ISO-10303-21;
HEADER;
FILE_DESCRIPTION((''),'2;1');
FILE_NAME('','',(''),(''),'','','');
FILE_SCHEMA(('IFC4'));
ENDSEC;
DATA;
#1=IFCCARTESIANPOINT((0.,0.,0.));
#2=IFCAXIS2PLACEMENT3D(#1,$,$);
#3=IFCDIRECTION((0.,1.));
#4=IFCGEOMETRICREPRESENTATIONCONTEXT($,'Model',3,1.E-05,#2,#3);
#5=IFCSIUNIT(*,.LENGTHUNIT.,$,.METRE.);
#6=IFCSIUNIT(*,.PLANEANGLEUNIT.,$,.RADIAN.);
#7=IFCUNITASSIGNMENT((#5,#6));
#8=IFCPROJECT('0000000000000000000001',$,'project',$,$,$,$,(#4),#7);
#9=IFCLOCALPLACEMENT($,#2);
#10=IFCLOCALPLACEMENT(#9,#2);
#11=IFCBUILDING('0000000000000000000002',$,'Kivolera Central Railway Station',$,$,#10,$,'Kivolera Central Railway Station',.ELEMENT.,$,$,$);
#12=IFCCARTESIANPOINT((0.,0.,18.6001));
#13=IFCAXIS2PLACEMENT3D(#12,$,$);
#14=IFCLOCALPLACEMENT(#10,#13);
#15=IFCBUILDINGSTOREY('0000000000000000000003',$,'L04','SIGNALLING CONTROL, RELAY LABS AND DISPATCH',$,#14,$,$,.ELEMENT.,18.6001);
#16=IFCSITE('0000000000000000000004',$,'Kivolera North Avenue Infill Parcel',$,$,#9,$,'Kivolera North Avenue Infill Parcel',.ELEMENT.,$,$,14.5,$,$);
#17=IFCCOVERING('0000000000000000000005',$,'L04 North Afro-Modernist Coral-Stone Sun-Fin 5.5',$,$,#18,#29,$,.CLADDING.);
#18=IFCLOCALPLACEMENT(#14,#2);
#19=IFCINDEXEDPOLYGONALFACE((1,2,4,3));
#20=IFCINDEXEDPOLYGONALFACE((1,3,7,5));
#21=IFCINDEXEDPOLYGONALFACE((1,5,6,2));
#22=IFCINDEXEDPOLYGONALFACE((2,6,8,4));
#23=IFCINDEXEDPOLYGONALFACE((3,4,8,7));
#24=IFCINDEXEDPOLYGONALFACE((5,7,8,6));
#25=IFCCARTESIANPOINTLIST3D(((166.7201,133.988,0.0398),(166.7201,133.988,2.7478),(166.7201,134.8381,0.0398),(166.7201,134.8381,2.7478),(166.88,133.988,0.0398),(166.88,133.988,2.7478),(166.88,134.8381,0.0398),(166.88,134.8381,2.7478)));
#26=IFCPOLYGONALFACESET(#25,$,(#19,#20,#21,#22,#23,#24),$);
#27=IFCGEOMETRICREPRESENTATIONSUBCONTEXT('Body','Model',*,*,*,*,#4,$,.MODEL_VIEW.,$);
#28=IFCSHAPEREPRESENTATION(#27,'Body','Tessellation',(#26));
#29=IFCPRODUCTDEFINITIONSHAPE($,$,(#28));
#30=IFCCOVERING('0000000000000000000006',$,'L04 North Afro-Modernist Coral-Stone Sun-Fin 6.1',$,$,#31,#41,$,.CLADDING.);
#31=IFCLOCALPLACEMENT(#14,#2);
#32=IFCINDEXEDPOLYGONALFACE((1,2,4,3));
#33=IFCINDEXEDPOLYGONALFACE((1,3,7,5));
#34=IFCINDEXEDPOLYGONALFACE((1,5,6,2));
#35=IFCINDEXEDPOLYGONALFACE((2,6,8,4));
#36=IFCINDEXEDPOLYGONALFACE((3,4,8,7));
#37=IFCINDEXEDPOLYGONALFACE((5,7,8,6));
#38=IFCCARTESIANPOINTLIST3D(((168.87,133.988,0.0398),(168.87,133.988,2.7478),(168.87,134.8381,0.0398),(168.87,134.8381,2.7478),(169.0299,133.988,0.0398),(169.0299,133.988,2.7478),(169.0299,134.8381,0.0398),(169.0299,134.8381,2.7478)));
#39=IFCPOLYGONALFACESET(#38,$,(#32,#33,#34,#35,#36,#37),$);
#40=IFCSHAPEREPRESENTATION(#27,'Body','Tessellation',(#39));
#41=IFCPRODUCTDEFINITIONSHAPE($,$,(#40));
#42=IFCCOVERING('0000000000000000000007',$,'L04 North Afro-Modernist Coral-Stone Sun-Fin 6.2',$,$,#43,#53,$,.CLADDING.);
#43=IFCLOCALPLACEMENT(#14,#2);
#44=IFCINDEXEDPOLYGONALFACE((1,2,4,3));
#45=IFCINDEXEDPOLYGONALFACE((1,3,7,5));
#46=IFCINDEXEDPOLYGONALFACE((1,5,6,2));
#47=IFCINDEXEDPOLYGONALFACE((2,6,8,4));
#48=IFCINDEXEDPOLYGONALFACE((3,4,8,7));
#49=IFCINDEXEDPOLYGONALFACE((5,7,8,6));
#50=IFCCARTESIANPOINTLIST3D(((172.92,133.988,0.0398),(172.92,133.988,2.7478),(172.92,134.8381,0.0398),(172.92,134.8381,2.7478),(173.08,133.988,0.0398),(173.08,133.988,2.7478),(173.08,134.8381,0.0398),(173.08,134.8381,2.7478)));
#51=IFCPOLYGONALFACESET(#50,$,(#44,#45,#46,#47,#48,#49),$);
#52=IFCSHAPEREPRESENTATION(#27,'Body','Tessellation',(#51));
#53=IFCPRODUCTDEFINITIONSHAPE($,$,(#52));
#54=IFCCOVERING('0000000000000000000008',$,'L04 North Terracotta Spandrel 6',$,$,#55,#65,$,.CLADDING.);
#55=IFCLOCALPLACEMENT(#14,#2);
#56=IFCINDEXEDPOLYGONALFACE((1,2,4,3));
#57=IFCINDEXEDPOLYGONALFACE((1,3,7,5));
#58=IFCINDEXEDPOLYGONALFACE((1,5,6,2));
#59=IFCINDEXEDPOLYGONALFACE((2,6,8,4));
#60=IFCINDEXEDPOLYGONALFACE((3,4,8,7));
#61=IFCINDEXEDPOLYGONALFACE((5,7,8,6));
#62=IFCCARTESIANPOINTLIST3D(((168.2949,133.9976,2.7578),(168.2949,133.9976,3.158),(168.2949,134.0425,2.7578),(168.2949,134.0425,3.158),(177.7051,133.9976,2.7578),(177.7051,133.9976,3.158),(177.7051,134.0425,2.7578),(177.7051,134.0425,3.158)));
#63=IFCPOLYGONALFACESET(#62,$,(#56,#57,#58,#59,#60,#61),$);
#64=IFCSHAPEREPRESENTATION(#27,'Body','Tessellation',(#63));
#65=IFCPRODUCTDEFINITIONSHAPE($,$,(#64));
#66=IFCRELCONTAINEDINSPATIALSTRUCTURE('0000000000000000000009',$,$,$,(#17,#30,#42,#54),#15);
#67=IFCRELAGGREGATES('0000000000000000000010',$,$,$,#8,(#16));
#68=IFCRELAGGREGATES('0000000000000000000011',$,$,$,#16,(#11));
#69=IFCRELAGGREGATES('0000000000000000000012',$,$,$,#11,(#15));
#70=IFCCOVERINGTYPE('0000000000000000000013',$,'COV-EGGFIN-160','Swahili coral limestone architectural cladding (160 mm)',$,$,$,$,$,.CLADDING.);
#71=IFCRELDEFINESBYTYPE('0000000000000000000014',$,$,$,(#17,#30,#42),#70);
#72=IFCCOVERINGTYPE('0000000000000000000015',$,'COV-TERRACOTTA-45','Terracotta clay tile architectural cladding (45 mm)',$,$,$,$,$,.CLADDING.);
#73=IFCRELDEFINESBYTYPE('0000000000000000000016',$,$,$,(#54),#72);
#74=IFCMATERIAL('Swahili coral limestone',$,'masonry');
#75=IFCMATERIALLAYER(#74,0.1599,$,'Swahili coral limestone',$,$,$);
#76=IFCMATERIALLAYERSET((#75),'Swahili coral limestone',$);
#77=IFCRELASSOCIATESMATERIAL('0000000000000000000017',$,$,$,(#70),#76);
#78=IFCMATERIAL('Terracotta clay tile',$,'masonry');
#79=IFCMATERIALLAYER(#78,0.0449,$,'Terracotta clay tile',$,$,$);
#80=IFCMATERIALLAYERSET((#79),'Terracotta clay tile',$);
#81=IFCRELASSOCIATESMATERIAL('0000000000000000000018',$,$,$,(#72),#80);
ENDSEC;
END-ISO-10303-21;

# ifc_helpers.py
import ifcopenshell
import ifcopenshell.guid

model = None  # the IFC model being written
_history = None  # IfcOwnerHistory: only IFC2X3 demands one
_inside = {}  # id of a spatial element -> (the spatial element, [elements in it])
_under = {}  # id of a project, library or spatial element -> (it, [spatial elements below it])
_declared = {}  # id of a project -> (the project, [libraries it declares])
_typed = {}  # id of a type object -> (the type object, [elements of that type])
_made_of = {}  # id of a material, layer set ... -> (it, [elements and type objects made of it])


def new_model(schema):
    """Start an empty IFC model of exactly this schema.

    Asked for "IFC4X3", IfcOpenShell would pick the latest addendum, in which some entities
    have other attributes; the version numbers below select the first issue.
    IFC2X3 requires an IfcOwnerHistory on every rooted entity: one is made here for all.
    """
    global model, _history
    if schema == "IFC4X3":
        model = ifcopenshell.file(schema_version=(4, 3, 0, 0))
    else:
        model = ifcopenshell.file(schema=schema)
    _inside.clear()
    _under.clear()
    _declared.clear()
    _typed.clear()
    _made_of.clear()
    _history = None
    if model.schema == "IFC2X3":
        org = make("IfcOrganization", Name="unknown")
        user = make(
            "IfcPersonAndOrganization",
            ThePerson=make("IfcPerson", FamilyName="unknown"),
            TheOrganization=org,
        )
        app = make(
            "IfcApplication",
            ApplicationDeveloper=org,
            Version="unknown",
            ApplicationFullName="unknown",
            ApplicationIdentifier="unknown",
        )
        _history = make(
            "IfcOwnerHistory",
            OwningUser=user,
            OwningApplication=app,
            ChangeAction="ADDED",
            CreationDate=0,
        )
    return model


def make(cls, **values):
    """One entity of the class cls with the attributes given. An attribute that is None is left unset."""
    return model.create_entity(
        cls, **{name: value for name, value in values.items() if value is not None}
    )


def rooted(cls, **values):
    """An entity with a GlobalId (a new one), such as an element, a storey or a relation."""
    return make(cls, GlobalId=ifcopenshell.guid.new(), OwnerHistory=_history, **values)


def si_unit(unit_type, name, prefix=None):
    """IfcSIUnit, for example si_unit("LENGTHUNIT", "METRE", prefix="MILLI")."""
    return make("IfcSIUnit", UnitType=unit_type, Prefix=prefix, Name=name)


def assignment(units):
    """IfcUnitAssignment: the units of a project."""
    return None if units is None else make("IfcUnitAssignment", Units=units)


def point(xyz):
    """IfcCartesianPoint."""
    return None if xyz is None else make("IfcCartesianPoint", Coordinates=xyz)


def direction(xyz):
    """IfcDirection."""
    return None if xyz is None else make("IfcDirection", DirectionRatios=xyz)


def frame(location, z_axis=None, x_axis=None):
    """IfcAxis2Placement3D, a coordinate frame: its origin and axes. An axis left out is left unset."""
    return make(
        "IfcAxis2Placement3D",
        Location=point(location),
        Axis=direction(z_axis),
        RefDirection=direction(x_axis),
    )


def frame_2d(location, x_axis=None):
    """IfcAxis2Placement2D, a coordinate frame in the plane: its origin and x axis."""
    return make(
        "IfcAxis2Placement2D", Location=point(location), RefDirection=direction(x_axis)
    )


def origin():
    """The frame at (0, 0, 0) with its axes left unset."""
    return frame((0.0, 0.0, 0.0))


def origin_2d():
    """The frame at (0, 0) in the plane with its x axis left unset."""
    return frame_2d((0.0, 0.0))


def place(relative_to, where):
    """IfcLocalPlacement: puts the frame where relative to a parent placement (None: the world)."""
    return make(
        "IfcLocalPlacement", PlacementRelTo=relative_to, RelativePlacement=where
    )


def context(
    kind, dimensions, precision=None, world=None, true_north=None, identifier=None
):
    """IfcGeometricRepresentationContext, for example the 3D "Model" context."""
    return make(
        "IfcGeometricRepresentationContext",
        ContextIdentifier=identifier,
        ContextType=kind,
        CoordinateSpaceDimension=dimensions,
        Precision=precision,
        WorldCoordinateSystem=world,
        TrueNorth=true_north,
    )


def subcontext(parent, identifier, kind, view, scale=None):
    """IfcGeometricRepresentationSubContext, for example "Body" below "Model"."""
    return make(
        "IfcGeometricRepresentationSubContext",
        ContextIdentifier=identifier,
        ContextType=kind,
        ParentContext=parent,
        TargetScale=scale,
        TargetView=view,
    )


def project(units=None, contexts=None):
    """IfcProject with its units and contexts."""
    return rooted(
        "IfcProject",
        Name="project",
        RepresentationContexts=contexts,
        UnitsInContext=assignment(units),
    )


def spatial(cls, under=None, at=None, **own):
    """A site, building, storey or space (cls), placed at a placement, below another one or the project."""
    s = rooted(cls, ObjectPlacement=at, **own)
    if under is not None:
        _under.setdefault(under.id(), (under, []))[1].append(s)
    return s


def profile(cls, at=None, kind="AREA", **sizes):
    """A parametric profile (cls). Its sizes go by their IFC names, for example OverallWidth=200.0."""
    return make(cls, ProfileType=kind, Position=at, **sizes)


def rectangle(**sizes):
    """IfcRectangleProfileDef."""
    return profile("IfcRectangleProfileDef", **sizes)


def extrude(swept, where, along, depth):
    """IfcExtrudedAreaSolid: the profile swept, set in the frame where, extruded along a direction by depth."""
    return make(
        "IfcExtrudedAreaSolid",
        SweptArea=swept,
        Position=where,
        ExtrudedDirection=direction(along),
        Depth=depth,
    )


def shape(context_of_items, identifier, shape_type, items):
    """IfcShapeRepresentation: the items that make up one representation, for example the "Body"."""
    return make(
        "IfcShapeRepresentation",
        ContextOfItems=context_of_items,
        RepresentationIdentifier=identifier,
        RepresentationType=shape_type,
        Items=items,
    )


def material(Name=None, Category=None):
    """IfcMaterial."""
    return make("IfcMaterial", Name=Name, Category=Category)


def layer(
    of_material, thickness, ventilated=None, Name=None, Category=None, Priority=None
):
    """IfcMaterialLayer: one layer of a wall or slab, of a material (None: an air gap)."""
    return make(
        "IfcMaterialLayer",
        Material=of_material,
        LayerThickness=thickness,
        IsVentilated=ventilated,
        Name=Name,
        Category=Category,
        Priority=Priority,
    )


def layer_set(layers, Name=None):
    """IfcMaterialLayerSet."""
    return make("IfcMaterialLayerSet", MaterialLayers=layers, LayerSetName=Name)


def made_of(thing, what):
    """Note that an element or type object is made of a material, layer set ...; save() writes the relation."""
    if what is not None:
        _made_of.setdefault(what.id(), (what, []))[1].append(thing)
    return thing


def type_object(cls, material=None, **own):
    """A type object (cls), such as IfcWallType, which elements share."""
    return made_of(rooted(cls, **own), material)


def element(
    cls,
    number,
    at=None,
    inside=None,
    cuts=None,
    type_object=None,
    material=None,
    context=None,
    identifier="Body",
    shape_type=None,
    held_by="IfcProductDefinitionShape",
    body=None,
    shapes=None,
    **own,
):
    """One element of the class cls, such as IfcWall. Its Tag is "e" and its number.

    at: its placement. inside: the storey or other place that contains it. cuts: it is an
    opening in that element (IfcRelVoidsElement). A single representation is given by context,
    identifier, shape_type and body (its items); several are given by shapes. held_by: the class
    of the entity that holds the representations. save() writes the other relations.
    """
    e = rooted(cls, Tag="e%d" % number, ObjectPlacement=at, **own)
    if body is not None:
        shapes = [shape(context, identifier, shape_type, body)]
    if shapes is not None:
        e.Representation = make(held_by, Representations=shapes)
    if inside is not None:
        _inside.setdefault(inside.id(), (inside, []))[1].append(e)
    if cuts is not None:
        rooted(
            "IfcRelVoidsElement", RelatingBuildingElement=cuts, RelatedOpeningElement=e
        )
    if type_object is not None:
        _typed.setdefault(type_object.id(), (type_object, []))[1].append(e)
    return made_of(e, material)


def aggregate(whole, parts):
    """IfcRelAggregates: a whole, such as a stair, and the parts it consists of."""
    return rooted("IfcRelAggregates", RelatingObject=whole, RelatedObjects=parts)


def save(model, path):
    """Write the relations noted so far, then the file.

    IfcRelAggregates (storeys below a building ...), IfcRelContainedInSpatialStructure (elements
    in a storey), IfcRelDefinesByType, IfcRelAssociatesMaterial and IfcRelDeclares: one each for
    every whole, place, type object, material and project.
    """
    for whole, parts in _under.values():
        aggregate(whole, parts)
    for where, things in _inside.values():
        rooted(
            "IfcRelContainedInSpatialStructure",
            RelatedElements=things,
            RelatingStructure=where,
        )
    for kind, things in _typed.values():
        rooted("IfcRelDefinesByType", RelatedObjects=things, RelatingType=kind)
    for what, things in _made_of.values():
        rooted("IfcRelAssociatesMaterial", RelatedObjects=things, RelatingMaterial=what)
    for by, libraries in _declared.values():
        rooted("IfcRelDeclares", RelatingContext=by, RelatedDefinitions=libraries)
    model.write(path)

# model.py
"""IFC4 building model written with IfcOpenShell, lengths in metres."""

from ifc_helpers import new_model, si_unit, direction, frame, frame_2d, origin, origin_2d, place, context, subcontext, project, spatial, rectangle, extrude, material, layer, layer_set, type_object, element, save


model = new_model("IFC4")

# Units and contexts
model_context = context("Model", 3, precision=1e-05, world=origin(), true_north=direction((0.0, 1.0)))
body_context = subcontext(model_context, "Body", "Model", "MODEL_VIEW")
ifc_project = project(units=[si_unit("LENGTHUNIT", "METRE"), si_unit("PLANEANGLEUNIT", "RADIAN")], contexts=[model_context])

# Site, building, storey
site_placement = place(None, origin())
site = spatial("IfcSite", under=ifc_project, at=site_placement, Name="Kivolera North Avenue Infill Parcel", LongName="Kivolera North Avenue Infill Parcel", CompositionType="ELEMENT", RefElevation=14.5)
building_placement = place(site_placement, origin())
building = spatial("IfcBuilding", under=site, at=building_placement, Name="Kivolera Central Railway Station", LongName="Kivolera Central Railway Station", CompositionType="ELEMENT")
storey_placement = place(building_placement, frame((0.0, 0.0, 18.6001)))
storey = spatial("IfcBuildingStorey", under=building, at=storey_placement, Name="L04", Description="SIGNALLING CONTROL, RELAY LABS AND DISPATCH", CompositionType="ELEMENT", Elevation=18.6001)

# Shared definitions
ifc_material_1 = material(Name="Swahili coral limestone", Category="masonry")

# Coverings
ifc_layer_1 = layer(ifc_material_1, 0.1599, Name="Swahili coral limestone")
ifc_layer_set_1 = layer_set([ifc_layer_1], Name="Swahili coral limestone")
covering_type_1 = type_object("IfcCoveringType", Name="COV-EGGFIN-160", Description="Swahili coral limestone architectural cladding (160 mm)", PredefinedType="CLADDING", material=ifc_layer_set_1)
for number, where, z_axis, x_axis, name in (
    (1, (166.8, 134.4131, 0.0398), (0.0, 0.0, 1.0), (1.0, 0.0, 0.0), "L04 North Afro-Modernist Coral-Stone Sun-Fin 5.5"),
    (2, (168.95, 134.4131, 0.0398), (0.0, 0.0, 1.0), (1.0, 0.0, 0.0), "L04 North Afro-Modernist Coral-Stone Sun-Fin 6.1"),
    (3, (173.0, 134.4131, 0.0398), (0.0, 0.0, 1.0), (1.0, 0.0, 0.0), "L04 North Afro-Modernist Coral-Stone Sun-Fin 6.2"),
):
    element("IfcCovering", number, at=place(storey_placement, frame(where, z_axis=z_axis, x_axis=x_axis)), inside=storey, type_object=covering_type_1, Name=name, PredefinedType="CLADDING", context=body_context, shape_type="SweptSolid", body=[
        extrude(rectangle(XDim=0.1599, YDim=0.8501, at=origin_2d()), origin(), (0.0, 0.0, 1.0), 2.708),
    ])
ifc_material_2 = material(Name="Terracotta clay tile", Category="masonry")
ifc_layer_2 = layer(ifc_material_2, 0.0449, Name="Terracotta clay tile")
ifc_layer_set_2 = layer_set([ifc_layer_2], Name="Terracotta clay tile")
covering_type_2 = type_object("IfcCoveringType", Name="COV-TERRACOTTA-45", Description="Terracotta clay tile architectural cladding (45 mm)", PredefinedType="CLADDING", material=ifc_layer_set_2)
covering_1_placement = place(storey_placement, frame((168.2949, 134.02, 2.7578), z_axis=(0.0, 0.0, 1.0), x_axis=(1.0, 0.0, 0.0)))
element("IfcCovering", 4, at=covering_1_placement, inside=storey, type_object=covering_type_2, Name="L04 North Terracotta Spandrel 6", PredefinedType="CLADDING", context=body_context, shape_type="SweptSolid", body=[
    extrude(rectangle(XDim=9.4102, YDim=0.0449, at=frame_2d((4.7051, 0.0))), origin(), (0.0, 0.0, 1.0), 0.4001),
])

save(model, "model.ifc")
